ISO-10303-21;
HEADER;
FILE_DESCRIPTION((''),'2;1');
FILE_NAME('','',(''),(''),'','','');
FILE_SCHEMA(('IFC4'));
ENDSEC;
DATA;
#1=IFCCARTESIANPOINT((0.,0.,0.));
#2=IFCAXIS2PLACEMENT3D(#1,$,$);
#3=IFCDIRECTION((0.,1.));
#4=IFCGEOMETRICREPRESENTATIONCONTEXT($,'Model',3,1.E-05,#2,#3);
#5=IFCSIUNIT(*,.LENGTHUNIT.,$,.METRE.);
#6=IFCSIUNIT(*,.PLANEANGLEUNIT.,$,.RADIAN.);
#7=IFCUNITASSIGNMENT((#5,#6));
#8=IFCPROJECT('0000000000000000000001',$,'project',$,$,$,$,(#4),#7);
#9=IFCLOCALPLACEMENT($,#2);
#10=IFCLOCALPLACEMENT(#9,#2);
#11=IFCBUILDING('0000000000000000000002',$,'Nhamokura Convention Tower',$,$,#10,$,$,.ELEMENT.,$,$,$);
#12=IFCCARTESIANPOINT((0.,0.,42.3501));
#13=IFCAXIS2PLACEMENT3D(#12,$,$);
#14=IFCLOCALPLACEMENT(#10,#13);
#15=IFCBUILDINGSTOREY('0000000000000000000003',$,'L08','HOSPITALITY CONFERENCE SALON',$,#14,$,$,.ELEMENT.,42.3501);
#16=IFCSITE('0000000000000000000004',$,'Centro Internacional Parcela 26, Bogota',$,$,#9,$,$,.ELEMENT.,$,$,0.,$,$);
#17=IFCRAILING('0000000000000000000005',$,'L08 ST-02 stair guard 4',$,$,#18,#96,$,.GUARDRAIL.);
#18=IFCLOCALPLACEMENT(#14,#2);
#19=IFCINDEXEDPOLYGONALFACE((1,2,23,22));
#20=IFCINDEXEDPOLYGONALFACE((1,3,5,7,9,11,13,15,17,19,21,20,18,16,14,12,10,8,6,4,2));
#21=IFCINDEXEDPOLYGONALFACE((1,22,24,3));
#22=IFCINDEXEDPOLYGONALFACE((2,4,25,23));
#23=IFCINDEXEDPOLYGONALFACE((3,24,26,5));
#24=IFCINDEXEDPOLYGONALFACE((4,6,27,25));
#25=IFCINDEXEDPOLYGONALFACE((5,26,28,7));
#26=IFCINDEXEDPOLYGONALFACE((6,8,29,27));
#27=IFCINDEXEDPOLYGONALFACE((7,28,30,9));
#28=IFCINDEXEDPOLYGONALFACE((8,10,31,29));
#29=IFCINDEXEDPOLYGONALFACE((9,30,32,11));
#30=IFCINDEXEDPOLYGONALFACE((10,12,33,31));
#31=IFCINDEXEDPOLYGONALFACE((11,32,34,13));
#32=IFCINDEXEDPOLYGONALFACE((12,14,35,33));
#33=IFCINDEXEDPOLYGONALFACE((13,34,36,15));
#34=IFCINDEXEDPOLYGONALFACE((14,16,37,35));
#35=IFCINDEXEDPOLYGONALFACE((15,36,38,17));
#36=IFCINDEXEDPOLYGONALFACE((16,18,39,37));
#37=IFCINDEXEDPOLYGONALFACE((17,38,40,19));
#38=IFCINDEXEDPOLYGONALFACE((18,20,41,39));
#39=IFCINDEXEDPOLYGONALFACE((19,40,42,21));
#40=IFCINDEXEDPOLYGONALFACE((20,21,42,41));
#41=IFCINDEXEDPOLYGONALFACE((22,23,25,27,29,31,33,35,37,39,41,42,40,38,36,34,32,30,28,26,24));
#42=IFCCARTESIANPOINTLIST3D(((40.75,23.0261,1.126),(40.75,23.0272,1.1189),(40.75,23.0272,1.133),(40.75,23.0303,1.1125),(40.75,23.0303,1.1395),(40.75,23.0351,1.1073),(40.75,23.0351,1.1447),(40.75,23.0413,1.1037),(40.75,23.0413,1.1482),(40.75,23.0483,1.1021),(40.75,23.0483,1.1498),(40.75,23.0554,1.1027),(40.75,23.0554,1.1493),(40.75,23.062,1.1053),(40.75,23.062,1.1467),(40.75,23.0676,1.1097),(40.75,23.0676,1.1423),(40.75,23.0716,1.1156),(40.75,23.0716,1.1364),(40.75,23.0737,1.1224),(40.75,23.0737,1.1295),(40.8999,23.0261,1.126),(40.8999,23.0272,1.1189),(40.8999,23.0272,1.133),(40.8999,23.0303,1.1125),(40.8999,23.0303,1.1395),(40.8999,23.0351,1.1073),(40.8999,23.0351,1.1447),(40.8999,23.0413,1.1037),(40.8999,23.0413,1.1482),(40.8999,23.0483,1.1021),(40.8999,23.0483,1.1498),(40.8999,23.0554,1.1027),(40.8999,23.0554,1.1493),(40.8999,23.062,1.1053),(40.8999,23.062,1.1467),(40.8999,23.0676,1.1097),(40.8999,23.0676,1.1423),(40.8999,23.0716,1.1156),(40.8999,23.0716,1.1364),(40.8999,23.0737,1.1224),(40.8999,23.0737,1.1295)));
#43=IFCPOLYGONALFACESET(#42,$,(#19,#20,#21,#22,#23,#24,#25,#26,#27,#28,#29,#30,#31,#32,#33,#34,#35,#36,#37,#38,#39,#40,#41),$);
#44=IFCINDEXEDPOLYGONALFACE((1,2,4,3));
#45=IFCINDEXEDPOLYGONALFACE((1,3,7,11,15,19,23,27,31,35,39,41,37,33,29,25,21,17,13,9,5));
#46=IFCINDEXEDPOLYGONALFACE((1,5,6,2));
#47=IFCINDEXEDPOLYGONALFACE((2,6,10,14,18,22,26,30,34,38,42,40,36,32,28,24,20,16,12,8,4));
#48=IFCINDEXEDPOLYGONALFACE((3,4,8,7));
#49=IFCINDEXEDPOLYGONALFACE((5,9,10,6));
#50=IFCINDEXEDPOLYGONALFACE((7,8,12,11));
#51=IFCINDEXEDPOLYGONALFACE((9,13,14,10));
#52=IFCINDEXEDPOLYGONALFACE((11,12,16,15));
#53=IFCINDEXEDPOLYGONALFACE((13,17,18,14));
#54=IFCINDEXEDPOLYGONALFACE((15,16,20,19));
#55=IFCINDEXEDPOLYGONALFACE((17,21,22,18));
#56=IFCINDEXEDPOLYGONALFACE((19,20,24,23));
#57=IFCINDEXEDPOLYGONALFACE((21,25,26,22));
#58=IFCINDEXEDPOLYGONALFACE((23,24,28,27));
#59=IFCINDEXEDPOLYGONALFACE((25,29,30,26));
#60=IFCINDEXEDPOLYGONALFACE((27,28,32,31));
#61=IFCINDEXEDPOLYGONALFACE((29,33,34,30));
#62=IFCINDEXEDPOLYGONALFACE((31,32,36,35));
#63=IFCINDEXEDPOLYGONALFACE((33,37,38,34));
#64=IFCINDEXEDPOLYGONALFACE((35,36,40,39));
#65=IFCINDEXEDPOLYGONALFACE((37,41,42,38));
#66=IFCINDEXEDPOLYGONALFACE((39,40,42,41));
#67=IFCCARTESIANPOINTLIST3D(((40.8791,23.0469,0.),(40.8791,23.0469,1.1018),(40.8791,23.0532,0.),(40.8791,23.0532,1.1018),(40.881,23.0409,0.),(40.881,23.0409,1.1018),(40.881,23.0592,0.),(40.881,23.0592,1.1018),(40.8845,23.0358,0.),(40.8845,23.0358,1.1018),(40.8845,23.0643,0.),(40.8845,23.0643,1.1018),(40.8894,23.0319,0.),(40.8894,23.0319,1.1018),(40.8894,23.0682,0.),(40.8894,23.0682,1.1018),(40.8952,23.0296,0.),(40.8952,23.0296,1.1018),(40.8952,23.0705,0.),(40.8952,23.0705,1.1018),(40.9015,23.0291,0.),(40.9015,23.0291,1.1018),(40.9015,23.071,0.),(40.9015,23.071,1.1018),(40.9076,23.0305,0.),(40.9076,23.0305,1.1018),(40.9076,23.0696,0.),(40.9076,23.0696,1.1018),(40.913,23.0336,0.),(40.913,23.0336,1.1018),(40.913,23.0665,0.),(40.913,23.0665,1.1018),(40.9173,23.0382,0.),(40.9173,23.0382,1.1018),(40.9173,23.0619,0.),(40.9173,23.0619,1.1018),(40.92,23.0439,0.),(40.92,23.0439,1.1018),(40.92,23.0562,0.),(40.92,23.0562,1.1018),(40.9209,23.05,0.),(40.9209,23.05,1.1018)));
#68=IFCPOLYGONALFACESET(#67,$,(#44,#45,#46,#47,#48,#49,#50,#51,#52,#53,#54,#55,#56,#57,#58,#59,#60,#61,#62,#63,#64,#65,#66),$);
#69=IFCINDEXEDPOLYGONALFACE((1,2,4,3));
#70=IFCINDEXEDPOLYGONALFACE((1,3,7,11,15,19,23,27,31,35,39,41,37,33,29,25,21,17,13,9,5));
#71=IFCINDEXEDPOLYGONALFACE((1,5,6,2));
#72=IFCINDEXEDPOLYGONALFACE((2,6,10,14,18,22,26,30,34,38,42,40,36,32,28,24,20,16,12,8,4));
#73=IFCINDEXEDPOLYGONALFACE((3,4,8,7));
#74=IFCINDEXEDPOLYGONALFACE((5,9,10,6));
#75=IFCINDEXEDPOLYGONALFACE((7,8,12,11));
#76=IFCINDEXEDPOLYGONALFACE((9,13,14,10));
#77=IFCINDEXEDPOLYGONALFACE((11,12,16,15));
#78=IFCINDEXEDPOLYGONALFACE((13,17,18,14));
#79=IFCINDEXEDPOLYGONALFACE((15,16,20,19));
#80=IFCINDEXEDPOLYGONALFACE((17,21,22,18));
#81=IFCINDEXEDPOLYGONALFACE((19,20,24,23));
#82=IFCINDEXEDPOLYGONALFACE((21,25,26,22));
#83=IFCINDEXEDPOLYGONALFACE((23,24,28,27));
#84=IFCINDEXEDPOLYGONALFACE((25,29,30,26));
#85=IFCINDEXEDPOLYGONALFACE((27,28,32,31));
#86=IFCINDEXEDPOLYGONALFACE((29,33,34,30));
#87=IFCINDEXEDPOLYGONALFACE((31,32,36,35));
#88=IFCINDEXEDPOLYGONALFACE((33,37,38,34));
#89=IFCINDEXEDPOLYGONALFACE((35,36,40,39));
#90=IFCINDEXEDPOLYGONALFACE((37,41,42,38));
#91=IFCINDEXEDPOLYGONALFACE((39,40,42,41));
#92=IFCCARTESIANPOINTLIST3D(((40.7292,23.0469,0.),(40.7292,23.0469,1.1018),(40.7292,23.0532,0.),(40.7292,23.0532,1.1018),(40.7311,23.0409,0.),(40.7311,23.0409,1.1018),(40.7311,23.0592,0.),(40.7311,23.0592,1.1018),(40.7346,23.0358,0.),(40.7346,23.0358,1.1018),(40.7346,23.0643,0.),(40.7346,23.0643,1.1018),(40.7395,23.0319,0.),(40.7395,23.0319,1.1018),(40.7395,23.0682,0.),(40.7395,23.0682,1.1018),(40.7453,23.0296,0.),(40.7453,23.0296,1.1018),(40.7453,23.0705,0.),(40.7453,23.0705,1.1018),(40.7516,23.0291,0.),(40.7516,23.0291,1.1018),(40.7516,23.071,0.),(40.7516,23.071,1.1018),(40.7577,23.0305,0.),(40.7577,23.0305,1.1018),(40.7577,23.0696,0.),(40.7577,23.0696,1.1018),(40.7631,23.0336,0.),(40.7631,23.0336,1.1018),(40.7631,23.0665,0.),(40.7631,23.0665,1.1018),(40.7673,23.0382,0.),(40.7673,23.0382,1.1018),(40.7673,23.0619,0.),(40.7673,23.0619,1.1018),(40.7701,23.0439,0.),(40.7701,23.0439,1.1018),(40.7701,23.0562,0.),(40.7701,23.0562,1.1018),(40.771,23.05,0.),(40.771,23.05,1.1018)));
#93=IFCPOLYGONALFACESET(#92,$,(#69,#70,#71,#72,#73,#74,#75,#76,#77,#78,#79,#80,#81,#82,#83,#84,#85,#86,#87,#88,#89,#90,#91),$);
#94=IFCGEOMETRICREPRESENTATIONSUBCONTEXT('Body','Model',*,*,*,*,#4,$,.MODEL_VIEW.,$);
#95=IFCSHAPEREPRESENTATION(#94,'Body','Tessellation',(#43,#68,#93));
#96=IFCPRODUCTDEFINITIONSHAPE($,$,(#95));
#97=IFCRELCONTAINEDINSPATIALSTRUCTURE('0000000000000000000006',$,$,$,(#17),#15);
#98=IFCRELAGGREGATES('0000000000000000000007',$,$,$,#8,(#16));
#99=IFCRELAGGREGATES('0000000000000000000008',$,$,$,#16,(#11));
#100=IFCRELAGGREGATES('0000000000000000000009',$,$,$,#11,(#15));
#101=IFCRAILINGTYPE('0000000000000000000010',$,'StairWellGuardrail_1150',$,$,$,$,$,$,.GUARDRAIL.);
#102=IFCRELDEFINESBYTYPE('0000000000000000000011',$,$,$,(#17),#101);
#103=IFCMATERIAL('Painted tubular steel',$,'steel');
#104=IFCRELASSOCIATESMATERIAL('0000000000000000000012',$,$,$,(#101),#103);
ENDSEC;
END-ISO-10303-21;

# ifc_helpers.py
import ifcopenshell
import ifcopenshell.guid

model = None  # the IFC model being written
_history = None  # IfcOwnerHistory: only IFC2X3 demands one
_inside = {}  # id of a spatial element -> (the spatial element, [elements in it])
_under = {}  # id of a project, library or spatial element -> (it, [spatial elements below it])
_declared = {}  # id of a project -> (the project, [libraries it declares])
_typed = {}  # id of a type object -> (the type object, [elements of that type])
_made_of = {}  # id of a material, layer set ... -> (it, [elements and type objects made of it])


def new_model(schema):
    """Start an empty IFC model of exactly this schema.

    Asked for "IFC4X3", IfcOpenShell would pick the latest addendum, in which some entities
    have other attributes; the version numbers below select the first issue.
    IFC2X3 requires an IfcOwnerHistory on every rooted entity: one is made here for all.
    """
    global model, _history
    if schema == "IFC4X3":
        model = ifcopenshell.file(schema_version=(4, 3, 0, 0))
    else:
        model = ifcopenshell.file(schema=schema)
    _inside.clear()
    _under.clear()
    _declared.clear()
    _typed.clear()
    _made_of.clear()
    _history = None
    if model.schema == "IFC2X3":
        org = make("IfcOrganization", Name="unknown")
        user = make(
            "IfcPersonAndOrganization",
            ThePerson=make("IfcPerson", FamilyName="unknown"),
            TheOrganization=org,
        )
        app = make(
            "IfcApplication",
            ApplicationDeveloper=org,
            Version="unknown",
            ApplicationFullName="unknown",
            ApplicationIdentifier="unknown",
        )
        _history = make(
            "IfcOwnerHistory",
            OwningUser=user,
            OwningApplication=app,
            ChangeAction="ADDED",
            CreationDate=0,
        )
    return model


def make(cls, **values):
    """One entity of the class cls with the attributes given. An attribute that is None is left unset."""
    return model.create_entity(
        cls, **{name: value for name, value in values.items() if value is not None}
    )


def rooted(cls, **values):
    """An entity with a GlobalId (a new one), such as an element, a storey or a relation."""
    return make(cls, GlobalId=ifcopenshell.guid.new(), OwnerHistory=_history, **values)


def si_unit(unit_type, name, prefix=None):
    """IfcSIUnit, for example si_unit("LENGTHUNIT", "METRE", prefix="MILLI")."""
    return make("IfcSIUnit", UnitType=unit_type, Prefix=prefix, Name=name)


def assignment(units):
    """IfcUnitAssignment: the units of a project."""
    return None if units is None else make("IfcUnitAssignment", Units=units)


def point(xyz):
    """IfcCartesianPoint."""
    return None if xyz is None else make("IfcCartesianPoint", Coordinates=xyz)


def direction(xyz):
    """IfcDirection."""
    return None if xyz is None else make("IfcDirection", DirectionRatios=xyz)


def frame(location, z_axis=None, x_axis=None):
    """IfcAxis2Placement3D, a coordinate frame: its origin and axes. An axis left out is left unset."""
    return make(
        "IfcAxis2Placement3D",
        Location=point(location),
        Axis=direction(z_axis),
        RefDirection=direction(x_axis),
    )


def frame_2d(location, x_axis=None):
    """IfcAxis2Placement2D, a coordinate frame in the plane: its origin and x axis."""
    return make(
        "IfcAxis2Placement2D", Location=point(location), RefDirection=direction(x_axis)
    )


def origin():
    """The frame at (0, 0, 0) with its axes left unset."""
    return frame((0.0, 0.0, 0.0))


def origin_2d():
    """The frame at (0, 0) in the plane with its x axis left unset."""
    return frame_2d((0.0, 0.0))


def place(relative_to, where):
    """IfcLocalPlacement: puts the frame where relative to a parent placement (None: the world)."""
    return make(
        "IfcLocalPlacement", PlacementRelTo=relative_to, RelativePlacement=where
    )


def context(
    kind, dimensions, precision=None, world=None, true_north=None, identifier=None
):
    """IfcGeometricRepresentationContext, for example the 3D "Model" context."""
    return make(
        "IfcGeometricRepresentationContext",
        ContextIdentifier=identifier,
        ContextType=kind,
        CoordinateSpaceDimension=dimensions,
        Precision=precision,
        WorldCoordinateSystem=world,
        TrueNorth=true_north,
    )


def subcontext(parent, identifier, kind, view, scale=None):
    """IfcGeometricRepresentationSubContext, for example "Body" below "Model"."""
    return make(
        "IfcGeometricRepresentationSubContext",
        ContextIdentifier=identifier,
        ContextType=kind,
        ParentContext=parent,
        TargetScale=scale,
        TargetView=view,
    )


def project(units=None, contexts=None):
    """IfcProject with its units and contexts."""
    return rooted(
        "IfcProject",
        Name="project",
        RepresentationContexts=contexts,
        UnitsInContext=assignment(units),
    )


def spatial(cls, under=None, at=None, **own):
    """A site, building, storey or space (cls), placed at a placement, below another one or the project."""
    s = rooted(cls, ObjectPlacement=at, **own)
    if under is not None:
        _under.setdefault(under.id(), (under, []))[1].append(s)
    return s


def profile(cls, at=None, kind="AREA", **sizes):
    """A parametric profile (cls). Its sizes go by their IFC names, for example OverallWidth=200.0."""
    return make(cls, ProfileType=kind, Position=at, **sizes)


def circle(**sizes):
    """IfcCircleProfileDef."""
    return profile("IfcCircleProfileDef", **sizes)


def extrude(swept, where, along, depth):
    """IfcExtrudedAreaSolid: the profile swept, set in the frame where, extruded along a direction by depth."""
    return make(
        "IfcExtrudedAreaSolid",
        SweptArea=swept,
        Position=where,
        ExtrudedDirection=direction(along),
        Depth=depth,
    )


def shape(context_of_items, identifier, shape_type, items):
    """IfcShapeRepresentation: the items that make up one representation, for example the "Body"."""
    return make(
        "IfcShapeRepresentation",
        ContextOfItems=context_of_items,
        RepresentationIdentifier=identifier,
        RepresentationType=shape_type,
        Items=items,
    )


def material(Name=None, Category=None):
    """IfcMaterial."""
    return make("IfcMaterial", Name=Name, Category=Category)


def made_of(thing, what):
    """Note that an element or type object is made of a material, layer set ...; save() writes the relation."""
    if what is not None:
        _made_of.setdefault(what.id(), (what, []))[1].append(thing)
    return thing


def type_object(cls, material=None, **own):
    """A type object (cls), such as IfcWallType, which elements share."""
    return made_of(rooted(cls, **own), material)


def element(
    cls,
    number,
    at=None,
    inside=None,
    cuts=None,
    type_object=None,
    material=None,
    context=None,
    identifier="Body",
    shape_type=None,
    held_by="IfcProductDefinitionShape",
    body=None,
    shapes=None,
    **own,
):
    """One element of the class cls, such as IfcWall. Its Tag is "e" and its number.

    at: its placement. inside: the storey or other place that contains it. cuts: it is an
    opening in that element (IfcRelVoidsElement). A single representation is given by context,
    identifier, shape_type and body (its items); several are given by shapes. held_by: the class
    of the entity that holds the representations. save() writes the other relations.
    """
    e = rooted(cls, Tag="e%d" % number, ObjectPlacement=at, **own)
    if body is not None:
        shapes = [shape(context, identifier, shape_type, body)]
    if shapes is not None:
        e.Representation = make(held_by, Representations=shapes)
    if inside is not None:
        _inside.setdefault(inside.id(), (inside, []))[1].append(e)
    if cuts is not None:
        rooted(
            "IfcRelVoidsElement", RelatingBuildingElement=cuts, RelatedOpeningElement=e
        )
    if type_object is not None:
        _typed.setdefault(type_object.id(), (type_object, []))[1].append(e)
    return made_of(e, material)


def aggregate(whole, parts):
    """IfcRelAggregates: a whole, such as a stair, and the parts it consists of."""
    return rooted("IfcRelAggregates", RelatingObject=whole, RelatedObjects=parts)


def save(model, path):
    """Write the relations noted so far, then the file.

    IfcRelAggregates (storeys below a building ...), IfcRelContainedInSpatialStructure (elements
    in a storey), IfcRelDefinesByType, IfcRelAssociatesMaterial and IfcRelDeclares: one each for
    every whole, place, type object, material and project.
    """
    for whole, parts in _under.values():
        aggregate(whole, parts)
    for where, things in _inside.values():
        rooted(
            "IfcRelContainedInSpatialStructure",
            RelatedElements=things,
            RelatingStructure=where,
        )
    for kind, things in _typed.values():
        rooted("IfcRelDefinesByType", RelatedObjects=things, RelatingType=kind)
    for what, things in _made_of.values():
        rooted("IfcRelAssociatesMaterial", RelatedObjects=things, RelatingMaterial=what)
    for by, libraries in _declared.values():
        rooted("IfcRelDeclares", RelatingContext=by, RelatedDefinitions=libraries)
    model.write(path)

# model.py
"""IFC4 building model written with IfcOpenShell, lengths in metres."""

from ifc_helpers import new_model, si_unit, direction, frame, origin, origin_2d, place, context, subcontext, project, spatial, circle, extrude, material, type_object, element, save


model = new_model("IFC4")

# Units and contexts
model_context = context("Model", 3, precision=1e-05, world=origin(), true_north=direction((0.0, 1.0)))
body_context = subcontext(model_context, "Body", "Model", "MODEL_VIEW")
ifc_project = project(units=[si_unit("LENGTHUNIT", "METRE"), si_unit("PLANEANGLEUNIT", "RADIAN")], contexts=[model_context])

# Site, building, storey
site_placement = place(None, origin())
site = spatial("IfcSite", under=ifc_project, at=site_placement, Name="Centro Internacional Parcela 26, Bogota", CompositionType="ELEMENT", RefElevation=0.0)
building_placement = place(site_placement, origin())
building = spatial("IfcBuilding", under=site, at=building_placement, Name="Nhamokura Convention Tower", CompositionType="ELEMENT")
storey_placement = place(building_placement, frame((0.0, 0.0, 42.3501)))
storey = spatial("IfcBuildingStorey", under=building, at=storey_placement, Name="L08", Description="HOSPITALITY CONFERENCE SALON", CompositionType="ELEMENT", Elevation=42.3501)

# Railing
ifc_material_1 = material(Name="Painted tubular steel", Category="steel")
railing_type_1 = type_object("IfcRailingType", Name="StairWellGuardrail_1150", PredefinedType="GUARDRAIL", material=ifc_material_1)
railing_1_placement = place(storey_placement, frame((40.8999, 23.05, 0.0)))
element("IfcRailing", 1, at=railing_1_placement, inside=storey, type_object=railing_type_1, Name="L08 ST-02 stair guard 4", PredefinedType="GUARDRAIL", context=body_context, shape_type="SweptSolid", body=[
    extrude(circle(Radius=0.0239, at=origin_2d()), frame((0.0, 0.0, 1.126), z_axis=(-1.0, 0.0, 0.0), x_axis=(0.0, -1.0, 0.0)), (0.0, 0.0, 1.0), 0.1499),
    extrude(circle(Radius=0.021, at=origin_2d()), origin(), (0.0, 0.0, 1.0), 1.1018),
    extrude(circle(Radius=0.021, at=origin_2d()), frame((-0.1499, 0.0, 0.0)), (0.0, 0.0, 1.0), 1.1018),
])

save(model, "model.ifc")
